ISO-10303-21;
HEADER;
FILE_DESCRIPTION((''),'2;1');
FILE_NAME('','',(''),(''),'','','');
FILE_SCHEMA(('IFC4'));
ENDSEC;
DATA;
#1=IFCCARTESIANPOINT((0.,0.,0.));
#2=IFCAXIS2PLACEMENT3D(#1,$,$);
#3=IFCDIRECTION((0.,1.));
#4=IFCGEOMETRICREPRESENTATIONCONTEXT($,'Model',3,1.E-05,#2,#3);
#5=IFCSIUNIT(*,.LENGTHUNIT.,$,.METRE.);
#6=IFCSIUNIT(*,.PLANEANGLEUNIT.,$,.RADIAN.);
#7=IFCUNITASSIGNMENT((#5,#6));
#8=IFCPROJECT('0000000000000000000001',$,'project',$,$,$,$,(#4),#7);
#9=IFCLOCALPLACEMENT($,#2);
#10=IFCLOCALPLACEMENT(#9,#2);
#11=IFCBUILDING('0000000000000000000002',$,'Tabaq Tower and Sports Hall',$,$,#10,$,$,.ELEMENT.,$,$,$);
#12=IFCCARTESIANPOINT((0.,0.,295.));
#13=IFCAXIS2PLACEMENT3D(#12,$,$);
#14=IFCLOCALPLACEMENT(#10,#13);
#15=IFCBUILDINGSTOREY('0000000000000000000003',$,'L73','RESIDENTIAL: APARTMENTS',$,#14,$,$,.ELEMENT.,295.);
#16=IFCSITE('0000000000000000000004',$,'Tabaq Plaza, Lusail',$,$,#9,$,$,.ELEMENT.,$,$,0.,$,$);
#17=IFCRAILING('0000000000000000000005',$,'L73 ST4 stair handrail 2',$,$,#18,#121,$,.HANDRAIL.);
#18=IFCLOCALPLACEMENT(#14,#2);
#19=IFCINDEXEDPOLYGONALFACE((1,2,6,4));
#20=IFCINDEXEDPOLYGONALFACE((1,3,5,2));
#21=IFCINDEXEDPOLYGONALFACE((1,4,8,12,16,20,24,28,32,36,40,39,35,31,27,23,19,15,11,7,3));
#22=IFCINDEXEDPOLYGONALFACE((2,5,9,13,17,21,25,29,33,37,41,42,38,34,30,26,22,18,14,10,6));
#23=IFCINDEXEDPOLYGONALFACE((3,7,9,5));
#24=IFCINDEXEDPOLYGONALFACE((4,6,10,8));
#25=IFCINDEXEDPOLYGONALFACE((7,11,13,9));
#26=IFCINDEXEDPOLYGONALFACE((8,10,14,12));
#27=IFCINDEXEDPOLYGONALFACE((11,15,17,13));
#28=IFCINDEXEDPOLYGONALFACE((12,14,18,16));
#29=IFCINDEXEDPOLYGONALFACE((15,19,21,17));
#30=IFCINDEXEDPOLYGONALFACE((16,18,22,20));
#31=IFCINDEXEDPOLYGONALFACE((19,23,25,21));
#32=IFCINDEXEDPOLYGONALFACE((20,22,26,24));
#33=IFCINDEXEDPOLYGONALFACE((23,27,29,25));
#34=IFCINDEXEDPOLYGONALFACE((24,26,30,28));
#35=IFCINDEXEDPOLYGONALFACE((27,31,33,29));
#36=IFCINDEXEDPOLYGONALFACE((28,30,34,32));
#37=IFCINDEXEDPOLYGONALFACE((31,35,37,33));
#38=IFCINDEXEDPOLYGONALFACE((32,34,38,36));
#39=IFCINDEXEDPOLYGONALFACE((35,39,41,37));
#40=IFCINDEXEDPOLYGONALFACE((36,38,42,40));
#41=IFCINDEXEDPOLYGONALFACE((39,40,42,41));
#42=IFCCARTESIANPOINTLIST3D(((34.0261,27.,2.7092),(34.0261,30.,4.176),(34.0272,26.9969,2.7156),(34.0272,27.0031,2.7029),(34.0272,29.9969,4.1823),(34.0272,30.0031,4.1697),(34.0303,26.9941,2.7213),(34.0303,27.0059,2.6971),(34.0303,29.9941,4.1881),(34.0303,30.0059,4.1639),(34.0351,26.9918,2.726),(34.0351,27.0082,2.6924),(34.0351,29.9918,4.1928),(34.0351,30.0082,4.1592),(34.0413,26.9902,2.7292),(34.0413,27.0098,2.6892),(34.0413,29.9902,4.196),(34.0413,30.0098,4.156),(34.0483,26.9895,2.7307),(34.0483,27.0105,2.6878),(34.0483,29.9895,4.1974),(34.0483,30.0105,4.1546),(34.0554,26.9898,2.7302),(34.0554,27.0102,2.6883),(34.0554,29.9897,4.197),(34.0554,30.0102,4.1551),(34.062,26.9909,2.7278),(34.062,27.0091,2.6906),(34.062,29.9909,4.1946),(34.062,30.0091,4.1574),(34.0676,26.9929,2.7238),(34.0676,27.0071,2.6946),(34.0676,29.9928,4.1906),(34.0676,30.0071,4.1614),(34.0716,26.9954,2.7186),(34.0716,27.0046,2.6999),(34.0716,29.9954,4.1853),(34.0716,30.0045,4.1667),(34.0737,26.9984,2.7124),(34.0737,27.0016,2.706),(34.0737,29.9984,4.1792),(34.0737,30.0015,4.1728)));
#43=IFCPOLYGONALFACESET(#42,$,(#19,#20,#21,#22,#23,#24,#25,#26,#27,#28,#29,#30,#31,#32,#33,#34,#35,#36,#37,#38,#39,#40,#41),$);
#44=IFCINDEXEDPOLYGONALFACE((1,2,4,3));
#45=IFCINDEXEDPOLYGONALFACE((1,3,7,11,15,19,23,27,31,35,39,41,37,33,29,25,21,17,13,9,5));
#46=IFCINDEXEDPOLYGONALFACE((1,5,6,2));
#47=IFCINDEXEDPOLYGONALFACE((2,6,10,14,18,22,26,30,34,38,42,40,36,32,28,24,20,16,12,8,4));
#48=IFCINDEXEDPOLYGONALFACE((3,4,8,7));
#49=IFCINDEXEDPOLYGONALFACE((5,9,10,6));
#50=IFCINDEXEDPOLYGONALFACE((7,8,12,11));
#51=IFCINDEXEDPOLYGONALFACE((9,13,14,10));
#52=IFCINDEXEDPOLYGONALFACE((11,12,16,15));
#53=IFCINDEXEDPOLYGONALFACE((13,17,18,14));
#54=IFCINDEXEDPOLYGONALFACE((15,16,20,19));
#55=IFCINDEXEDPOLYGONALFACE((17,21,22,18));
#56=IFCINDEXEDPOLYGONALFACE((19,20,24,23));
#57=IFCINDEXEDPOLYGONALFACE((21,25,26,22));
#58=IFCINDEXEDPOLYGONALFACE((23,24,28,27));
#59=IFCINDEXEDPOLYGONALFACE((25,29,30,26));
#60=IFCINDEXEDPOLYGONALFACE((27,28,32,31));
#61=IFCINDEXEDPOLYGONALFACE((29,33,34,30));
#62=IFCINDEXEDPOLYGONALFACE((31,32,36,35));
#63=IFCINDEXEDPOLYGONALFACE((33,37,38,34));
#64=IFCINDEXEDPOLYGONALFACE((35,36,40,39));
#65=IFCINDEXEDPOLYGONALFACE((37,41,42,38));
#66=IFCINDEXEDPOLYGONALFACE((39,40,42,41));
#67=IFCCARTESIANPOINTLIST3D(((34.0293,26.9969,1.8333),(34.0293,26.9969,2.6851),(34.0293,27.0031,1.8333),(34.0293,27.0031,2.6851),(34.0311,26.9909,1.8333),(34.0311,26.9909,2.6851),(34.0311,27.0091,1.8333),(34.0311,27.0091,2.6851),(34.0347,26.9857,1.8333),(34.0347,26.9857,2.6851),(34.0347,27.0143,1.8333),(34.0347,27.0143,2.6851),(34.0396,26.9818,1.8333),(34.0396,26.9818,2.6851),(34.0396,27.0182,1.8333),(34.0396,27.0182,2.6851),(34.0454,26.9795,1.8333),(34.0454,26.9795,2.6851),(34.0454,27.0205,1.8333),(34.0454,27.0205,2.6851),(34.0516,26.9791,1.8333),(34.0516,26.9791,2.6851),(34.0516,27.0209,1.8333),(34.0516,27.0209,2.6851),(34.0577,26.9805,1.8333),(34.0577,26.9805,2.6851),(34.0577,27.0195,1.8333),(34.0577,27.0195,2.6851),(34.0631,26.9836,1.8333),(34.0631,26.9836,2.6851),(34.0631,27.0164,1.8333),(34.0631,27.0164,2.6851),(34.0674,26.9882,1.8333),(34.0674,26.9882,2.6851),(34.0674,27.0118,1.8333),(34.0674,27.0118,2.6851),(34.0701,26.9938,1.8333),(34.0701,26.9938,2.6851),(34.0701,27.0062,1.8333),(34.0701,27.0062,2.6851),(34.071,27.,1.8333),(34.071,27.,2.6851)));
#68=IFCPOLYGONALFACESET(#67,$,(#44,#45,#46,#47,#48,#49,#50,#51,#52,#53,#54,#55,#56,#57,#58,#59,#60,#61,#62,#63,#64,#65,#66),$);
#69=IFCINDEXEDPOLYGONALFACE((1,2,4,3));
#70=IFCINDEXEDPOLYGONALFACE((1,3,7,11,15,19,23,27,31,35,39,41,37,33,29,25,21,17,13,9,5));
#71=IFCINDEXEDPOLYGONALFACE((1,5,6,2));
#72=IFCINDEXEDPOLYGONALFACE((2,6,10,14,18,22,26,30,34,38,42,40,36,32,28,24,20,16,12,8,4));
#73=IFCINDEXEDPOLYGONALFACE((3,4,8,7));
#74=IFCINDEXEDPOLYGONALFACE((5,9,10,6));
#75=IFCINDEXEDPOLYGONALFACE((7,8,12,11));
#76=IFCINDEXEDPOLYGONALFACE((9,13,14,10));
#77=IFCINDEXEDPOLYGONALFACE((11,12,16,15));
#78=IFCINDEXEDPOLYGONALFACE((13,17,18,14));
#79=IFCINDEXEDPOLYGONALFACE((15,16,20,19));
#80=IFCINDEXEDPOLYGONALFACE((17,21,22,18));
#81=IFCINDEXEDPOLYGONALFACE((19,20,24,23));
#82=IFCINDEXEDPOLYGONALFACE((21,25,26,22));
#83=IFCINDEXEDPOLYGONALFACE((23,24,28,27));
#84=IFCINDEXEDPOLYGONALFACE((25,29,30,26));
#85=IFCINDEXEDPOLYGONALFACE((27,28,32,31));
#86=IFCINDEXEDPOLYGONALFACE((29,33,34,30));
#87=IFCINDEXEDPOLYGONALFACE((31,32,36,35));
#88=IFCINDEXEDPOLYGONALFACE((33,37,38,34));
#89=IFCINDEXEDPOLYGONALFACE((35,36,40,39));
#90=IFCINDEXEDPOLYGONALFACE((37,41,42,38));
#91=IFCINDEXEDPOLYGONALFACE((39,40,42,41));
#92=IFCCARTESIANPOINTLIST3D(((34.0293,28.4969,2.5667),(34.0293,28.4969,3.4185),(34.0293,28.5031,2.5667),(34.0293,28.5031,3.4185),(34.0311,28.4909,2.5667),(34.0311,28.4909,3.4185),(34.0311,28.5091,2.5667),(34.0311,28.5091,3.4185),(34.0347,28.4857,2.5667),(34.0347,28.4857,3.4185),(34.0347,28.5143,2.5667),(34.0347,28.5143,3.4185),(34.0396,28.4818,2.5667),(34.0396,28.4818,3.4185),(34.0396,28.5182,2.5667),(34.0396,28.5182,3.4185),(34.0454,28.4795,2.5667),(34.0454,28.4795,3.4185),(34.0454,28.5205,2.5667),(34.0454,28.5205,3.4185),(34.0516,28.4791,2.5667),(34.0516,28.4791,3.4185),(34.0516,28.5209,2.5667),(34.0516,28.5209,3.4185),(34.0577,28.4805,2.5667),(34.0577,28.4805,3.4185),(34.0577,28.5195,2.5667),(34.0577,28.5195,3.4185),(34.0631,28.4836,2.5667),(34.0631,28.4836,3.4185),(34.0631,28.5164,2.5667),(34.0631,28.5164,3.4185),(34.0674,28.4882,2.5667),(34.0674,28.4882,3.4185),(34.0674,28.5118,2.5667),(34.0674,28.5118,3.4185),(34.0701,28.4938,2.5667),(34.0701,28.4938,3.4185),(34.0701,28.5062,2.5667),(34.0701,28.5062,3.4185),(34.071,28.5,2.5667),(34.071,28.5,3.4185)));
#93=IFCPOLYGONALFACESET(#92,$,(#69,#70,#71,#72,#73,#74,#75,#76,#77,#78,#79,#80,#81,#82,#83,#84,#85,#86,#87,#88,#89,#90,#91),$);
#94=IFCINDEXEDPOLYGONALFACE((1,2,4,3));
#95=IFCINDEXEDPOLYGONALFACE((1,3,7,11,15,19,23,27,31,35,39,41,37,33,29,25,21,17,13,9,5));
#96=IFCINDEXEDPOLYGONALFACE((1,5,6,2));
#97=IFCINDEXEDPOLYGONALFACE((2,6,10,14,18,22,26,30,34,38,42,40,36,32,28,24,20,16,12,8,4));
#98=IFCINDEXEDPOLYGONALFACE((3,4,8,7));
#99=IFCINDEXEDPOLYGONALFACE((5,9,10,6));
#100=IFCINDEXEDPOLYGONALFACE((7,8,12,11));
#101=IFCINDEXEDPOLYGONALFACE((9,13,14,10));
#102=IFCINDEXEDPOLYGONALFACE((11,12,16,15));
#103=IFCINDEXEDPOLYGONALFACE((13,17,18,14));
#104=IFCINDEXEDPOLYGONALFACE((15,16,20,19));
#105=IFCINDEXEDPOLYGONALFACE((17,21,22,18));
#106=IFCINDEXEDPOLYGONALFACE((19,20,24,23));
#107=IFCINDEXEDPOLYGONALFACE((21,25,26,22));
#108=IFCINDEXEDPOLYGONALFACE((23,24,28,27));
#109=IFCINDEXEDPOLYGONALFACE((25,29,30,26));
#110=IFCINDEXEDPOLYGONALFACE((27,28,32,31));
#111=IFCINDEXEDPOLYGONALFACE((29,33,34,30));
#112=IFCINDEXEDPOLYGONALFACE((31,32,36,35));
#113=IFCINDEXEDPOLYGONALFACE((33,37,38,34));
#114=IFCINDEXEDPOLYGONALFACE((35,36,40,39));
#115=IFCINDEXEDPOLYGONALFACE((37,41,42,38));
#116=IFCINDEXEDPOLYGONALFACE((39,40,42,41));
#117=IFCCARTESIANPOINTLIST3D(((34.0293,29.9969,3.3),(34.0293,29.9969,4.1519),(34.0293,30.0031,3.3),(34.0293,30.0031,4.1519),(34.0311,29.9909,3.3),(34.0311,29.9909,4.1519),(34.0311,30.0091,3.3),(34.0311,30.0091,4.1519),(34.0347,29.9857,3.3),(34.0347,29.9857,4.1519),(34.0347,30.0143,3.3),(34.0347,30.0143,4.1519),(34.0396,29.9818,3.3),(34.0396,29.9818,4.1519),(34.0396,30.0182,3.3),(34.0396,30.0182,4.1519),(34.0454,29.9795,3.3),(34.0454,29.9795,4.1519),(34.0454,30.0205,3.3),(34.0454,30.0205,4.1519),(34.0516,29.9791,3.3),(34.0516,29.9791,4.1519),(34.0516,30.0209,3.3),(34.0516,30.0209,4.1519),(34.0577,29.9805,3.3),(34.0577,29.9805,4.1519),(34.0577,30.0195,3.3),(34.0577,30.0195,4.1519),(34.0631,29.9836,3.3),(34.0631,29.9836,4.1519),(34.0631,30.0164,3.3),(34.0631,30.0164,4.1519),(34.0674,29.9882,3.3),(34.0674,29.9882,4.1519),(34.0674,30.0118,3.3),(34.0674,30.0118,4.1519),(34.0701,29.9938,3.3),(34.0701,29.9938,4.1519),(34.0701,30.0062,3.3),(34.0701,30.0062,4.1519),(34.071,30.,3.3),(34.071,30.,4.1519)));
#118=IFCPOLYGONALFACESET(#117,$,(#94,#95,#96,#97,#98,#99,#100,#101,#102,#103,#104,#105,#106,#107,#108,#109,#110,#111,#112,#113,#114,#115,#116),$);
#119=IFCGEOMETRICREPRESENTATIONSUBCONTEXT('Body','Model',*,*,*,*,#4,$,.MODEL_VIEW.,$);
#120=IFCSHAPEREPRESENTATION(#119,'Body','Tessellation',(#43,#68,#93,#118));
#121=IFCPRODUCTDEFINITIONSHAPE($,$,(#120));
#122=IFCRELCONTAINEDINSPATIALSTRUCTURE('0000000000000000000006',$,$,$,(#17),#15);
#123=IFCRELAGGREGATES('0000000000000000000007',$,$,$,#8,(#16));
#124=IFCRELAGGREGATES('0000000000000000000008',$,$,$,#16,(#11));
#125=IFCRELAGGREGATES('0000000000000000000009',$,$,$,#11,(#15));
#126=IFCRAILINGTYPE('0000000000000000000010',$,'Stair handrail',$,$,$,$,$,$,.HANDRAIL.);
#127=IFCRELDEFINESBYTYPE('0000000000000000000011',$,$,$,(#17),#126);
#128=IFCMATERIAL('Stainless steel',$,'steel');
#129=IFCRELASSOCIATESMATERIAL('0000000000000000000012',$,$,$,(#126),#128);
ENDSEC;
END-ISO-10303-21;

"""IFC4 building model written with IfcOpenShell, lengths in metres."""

from ifc_helpers import new_model, si_unit, direction, frame, origin, origin_2d, place, context, subcontext, project, spatial, circle, extrude, material, type_object, element, save


model = new_model("IFC4")

# Units and contexts
model_context = context("Model", 3, precision=1e-05, world=origin(), true_north=direction((0.0, 1.0)))
body_context = subcontext(model_context, "Body", "Model", "MODEL_VIEW")
ifc_project = project(units=[si_unit("LENGTHUNIT", "METRE"), si_unit("PLANEANGLEUNIT", "RADIAN")], contexts=[model_context])

# Site, building, storey
site_placement = place(None, origin())
site = spatial("IfcSite", under=ifc_project, at=site_placement, Name="Tabaq Plaza, Lusail", CompositionType="ELEMENT", RefElevation=0.0)
building_placement = place(site_placement, origin())
building = spatial("IfcBuilding", under=site, at=building_placement, Name="Tabaq Tower and Sports Hall", CompositionType="ELEMENT")
storey_placement = place(building_placement, frame((0.0, 0.0, 295.0)))
storey = spatial("IfcBuildingStorey", under=building, at=storey_placement, Name="L73", Description="RESIDENTIAL: APARTMENTS", CompositionType="ELEMENT", Elevation=295.0)

# Railing
ifc_material_1 = material(Name="Stainless steel", Category="steel")
railing_type = type_object("IfcRailingType", Name="Stair handrail", PredefinedType="HANDRAIL", material=ifc_material_1)
railing_placement = place(storey_placement, frame((34.05, 27.0, 1.8333)))
element("IfcRailing", 1, at=railing_placement, inside=storey, type_object=railing_type, Name="L73 ST4 stair handrail 2", PredefinedType="HANDRAIL", context=body_context, shape_type="SweptSolid", body=[
    extrude(circle(Radius=0.0239, at=origin_2d()), frame((0.0, 0.0, 0.876), z_axis=(0.0, 0.898369, 0.439242), x_axis=(-1.0, 0.0, 0.0)), (0.0, 0.0, 1.0), 3.3394),
    extrude(circle(Radius=0.021, at=origin_2d()), origin(), (0.0, 0.0, 1.0), 0.8518),
    extrude(circle(Radius=0.021, at=origin_2d()), frame((0.0, 1.5, 0.7334)), (0.0, 0.0, 1.0), 0.8518),
    extrude(circle(Radius=0.021, at=origin_2d()), frame((0.0, 3.0, 1.4668)), (0.0, 0.0, 1.0), 0.8518),
])

save(model, "model.ifc")
